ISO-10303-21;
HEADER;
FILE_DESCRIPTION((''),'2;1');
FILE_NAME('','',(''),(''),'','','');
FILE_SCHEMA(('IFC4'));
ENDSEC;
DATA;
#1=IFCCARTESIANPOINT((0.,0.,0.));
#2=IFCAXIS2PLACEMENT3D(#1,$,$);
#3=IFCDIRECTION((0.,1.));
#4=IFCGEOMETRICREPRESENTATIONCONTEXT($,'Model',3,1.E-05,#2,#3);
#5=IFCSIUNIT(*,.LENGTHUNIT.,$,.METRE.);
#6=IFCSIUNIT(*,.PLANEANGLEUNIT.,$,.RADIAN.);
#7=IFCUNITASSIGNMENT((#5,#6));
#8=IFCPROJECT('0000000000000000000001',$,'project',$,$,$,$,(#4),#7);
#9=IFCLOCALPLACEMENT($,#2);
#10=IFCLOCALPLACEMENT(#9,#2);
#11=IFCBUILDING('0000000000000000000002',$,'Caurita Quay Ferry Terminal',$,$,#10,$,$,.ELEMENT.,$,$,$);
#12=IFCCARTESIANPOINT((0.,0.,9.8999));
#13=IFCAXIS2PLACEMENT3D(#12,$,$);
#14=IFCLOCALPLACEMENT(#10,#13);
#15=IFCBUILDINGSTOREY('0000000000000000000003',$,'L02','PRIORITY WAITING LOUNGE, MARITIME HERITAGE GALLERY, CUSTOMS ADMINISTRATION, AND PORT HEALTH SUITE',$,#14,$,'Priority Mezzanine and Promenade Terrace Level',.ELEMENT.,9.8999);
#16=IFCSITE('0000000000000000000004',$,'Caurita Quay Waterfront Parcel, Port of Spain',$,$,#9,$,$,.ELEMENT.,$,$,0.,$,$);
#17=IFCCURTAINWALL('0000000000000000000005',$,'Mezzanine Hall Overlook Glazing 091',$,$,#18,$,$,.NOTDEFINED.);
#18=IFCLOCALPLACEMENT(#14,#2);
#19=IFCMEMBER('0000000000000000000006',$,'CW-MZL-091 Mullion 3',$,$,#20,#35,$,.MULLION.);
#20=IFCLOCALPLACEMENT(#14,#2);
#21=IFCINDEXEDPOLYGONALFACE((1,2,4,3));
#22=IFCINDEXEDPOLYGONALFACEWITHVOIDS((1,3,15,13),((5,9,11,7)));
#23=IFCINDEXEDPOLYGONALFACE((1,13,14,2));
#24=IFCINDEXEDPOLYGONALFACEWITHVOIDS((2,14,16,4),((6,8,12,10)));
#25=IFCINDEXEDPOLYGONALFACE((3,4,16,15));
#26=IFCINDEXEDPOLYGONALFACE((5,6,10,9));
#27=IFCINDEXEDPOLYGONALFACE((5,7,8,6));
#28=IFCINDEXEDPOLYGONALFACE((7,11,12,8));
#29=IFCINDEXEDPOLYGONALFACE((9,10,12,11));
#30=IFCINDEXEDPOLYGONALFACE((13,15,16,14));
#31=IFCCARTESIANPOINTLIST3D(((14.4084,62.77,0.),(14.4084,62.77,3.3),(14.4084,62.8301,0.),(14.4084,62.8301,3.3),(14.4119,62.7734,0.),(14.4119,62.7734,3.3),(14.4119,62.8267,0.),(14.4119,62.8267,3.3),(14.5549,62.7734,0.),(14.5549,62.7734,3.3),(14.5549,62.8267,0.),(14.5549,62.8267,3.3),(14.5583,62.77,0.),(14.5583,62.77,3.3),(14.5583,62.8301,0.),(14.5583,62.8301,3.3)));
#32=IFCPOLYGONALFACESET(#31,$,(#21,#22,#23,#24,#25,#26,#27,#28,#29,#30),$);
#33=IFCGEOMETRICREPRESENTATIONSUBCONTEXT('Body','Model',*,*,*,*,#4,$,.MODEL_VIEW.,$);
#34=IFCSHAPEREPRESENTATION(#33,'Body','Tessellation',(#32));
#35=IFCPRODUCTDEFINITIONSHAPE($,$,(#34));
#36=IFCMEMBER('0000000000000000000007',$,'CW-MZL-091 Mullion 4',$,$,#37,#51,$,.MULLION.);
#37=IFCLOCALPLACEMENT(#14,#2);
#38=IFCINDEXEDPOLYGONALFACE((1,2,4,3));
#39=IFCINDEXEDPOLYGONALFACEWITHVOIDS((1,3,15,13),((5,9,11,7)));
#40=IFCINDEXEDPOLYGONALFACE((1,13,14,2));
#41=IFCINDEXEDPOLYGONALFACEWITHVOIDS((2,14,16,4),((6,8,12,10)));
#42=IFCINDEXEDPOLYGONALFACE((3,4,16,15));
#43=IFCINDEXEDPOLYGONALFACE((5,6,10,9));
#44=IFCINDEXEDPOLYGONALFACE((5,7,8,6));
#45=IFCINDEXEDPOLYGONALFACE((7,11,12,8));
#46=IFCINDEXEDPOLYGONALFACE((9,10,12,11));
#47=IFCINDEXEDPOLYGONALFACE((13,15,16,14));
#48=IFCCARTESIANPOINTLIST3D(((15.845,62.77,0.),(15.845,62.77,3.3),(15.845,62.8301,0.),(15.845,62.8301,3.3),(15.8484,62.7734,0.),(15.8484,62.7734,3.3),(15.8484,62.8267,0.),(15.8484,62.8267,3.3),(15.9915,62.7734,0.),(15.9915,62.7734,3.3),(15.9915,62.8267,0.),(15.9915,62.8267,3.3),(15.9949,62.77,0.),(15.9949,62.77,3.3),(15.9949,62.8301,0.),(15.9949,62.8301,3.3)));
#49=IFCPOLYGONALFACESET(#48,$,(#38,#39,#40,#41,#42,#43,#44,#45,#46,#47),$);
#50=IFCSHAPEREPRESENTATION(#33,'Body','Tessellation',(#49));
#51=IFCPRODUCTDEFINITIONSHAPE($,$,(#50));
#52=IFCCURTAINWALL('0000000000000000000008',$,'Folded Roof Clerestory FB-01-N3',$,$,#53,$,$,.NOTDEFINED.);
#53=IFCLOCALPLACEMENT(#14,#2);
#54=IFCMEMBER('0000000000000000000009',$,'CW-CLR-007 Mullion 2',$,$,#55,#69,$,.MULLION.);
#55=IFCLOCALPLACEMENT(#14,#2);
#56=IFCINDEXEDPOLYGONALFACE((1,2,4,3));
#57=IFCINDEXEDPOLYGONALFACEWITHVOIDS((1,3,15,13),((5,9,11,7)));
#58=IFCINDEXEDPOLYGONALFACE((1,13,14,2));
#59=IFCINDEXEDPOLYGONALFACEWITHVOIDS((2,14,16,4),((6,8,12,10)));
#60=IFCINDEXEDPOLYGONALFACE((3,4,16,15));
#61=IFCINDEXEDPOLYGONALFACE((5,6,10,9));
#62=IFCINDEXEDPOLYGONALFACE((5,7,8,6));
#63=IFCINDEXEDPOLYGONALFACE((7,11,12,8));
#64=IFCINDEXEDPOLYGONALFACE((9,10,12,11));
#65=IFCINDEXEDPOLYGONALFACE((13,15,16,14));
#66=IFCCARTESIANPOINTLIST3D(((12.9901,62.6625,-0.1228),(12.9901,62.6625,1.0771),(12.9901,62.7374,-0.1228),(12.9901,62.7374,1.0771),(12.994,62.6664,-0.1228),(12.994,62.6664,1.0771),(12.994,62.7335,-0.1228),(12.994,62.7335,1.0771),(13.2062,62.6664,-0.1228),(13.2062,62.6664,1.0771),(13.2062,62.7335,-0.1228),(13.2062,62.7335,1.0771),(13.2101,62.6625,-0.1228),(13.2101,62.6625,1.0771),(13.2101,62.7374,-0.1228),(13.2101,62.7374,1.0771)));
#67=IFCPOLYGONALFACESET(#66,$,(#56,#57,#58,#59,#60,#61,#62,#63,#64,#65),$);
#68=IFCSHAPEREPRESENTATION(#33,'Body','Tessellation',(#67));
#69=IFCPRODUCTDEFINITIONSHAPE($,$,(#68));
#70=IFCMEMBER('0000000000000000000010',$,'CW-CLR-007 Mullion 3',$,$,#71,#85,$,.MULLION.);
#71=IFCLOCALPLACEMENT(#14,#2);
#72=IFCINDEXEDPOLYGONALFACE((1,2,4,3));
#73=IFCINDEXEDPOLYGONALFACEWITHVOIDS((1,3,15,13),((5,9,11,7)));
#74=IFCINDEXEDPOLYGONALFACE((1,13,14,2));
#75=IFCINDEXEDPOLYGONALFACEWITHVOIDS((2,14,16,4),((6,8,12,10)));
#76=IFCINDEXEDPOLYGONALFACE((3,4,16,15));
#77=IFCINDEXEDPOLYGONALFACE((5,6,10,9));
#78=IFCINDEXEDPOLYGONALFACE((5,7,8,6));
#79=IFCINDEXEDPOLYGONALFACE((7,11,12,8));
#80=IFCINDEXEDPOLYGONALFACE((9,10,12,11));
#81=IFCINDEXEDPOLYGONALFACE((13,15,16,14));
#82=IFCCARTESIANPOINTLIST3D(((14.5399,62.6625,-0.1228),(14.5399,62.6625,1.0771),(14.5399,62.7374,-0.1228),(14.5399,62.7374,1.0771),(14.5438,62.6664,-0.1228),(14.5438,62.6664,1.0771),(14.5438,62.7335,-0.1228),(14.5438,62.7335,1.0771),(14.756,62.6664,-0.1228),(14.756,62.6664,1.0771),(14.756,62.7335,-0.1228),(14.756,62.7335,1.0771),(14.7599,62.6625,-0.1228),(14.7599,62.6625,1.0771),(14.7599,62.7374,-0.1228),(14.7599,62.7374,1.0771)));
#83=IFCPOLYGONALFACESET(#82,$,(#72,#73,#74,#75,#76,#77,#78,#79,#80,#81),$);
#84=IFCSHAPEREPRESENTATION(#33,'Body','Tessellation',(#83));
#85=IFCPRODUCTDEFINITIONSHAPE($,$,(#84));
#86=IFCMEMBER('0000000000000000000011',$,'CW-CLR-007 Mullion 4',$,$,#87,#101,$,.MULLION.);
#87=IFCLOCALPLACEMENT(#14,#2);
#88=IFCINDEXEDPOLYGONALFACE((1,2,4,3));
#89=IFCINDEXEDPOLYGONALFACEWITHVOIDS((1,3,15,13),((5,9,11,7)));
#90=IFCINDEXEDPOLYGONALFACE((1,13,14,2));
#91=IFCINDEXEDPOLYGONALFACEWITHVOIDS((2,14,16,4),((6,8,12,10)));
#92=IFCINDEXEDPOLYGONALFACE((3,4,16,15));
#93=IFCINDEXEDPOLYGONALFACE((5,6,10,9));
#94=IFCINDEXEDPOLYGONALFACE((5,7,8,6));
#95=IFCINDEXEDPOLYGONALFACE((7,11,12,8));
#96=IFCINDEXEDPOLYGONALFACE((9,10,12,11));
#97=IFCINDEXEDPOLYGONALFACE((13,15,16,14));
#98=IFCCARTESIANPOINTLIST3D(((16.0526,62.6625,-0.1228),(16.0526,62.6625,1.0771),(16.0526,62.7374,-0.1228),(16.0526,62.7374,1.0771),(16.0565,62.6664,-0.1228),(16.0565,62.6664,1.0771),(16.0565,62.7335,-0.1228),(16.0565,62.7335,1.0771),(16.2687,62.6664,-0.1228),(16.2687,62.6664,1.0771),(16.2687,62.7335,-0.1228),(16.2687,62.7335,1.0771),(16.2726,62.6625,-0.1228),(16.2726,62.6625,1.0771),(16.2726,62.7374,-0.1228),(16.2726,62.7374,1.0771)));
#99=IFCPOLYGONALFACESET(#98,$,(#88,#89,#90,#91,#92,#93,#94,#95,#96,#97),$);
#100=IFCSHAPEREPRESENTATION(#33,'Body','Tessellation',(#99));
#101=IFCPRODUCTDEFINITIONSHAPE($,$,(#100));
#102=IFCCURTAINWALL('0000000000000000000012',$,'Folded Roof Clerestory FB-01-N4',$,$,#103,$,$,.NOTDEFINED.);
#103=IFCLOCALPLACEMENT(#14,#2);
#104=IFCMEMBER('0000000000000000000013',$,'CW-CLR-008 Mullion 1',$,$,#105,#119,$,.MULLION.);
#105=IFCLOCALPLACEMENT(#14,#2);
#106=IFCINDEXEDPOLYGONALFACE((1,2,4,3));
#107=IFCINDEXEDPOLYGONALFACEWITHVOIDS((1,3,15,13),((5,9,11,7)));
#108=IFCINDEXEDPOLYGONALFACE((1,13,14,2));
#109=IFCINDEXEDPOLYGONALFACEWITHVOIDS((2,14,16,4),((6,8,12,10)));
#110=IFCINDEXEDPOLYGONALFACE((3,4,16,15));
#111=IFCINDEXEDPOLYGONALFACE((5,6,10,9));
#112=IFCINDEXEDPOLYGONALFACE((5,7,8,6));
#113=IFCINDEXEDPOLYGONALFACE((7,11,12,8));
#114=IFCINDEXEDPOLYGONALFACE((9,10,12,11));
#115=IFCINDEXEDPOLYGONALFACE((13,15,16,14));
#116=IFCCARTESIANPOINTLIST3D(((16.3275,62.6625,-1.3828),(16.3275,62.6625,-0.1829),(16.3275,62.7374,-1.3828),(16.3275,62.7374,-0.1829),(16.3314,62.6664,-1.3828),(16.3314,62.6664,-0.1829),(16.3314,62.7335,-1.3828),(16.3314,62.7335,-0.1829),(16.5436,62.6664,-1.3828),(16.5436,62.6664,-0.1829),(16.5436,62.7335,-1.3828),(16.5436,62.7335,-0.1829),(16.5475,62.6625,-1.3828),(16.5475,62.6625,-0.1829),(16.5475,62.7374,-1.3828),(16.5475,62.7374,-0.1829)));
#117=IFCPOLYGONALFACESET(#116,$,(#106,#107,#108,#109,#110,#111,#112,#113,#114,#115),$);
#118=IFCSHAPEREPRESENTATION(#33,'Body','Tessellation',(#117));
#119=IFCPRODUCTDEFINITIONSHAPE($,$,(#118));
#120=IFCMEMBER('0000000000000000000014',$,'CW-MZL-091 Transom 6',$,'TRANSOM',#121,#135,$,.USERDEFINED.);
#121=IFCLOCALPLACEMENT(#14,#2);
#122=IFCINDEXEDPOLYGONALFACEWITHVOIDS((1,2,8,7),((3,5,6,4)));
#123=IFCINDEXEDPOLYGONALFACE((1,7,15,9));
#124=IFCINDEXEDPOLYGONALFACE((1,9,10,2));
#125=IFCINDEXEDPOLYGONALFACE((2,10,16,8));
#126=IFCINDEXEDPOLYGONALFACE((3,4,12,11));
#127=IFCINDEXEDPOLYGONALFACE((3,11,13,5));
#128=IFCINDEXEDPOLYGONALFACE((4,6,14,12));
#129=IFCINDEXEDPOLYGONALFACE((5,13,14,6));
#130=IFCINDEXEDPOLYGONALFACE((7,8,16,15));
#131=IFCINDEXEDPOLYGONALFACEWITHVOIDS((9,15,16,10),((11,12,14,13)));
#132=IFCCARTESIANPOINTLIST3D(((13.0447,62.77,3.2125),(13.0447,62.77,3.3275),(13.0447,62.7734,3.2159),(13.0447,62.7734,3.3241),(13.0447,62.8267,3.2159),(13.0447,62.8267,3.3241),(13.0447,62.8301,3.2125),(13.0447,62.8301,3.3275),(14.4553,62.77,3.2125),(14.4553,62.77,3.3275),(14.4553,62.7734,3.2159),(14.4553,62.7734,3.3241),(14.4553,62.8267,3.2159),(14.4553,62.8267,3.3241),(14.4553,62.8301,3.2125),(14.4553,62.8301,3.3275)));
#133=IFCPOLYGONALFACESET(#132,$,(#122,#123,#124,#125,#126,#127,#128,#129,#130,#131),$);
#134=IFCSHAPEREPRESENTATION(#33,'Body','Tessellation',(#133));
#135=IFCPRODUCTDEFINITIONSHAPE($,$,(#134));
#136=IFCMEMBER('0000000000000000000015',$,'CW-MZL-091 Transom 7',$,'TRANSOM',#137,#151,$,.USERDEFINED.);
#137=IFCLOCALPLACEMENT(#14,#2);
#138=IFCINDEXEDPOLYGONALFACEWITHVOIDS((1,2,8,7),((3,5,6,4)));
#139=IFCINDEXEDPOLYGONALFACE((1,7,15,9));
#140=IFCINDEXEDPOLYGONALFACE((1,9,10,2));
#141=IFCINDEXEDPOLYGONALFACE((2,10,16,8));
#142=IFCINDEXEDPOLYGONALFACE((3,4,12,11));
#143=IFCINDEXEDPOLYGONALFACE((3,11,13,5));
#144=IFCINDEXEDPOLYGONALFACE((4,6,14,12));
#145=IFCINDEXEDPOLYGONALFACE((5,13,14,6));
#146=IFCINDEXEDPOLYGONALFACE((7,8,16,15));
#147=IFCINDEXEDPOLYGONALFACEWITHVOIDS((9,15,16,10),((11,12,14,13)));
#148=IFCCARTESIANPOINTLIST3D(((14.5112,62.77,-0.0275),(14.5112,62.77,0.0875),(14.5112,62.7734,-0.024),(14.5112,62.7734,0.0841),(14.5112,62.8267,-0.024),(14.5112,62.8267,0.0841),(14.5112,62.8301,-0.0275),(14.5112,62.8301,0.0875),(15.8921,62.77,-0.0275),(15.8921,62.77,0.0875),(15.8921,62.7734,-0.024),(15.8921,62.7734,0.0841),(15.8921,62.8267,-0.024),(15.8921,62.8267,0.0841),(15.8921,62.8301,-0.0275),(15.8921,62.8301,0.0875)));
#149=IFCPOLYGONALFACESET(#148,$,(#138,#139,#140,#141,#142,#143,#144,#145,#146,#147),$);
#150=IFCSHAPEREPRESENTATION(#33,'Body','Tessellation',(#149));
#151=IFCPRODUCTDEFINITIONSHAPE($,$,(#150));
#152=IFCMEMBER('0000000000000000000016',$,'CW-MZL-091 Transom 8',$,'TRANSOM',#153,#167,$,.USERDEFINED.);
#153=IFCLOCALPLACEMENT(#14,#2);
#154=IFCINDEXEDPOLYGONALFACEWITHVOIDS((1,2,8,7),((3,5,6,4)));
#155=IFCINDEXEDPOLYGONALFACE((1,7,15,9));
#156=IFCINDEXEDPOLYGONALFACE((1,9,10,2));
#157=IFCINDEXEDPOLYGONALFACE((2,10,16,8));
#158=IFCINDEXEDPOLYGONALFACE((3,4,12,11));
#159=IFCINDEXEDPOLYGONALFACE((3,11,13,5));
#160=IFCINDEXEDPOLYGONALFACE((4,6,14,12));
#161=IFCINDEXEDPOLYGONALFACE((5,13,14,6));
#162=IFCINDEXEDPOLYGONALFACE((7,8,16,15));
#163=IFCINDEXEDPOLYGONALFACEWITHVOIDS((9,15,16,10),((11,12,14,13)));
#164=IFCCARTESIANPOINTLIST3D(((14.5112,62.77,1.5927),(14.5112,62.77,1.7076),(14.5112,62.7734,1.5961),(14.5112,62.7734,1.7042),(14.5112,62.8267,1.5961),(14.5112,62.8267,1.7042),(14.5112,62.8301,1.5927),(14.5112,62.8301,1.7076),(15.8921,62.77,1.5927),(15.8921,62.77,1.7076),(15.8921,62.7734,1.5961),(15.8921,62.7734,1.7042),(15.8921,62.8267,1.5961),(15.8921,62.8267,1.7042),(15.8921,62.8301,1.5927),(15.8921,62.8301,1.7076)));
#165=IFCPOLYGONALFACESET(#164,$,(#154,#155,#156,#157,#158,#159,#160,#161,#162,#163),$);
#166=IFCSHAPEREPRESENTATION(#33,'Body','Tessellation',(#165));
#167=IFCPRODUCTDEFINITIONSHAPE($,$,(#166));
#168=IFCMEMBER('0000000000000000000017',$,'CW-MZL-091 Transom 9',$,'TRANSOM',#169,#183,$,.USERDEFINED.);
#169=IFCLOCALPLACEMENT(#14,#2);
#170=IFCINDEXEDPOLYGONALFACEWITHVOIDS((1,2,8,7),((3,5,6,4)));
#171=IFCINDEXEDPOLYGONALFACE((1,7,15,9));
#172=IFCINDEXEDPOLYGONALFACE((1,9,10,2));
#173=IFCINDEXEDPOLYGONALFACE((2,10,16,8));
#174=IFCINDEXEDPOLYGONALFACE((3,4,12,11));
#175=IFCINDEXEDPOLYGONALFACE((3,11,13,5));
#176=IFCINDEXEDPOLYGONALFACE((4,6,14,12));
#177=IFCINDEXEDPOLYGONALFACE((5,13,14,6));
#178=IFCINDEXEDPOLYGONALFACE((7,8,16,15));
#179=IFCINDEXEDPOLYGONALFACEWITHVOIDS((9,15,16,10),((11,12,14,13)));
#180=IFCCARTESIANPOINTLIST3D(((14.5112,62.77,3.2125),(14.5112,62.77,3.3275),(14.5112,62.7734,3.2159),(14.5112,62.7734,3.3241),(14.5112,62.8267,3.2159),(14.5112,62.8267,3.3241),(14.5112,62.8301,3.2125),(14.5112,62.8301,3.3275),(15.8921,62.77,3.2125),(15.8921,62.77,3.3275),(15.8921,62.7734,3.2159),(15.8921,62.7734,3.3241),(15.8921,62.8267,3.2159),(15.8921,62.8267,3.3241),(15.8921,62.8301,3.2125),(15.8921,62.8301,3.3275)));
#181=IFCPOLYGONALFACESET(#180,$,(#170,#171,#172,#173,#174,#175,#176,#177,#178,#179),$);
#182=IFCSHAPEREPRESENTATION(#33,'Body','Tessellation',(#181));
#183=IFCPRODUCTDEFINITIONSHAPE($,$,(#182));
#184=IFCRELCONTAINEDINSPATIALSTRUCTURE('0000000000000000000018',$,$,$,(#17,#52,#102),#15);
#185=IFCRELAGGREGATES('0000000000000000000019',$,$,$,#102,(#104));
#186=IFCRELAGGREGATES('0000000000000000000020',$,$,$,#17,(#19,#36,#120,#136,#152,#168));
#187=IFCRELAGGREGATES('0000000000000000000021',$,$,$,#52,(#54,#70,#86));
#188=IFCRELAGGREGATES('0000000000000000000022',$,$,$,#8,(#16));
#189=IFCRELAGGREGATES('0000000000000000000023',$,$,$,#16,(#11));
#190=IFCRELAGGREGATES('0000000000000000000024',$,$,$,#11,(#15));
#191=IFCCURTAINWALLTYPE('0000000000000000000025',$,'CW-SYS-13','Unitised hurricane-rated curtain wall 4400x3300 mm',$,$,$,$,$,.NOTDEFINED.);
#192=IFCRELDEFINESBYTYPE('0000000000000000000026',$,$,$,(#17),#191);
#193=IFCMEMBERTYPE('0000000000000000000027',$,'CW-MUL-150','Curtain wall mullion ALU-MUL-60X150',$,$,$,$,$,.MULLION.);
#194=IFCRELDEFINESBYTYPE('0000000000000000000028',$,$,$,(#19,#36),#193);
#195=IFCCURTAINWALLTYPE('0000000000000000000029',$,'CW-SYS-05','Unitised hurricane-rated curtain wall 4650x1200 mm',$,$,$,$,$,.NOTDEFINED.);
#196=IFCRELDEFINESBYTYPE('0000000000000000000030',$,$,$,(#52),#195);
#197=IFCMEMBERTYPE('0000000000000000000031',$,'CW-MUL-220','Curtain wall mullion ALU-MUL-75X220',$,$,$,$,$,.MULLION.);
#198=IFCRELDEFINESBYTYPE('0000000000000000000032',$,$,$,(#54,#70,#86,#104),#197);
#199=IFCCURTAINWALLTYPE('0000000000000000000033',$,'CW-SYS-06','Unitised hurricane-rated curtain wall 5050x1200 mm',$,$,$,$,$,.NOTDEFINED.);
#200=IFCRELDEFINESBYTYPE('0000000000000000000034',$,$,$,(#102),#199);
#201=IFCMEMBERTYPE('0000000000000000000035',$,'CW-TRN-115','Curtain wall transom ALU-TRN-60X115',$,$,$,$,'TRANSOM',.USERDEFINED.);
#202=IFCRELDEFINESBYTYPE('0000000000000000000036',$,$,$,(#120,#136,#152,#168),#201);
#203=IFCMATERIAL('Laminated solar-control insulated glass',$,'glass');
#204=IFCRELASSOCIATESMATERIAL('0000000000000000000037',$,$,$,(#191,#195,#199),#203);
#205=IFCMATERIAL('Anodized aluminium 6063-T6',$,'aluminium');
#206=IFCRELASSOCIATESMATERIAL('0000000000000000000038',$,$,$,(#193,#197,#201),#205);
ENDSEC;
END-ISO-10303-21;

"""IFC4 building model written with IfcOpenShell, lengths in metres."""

from ifc_helpers import new_model, si_unit, direction, frame, origin, origin_2d, place, context, subcontext, project, spatial, hollow_rectangle, extrude, material, material_profile, profile_set, type_object, element, aggregate, save


model = new_model("IFC4")

# Units and contexts
model_context = context("Model", 3, precision=1e-05, world=origin(), true_north=direction((0.0, 1.0)))
body_context = subcontext(model_context, "Body", "Model", "MODEL_VIEW")
ifc_project = project(units=[si_unit("LENGTHUNIT", "METRE"), si_unit("PLANEANGLEUNIT", "RADIAN")], contexts=[model_context])

# Site, building, storey
site_placement = place(None, origin())
site = spatial("IfcSite", under=ifc_project, at=site_placement, Name="Caurita Quay Waterfront Parcel, Port of Spain", CompositionType="ELEMENT", RefElevation=0.0)
building_placement = place(site_placement, origin())
building = spatial("IfcBuilding", under=site, at=building_placement, Name="Caurita Quay Ferry Terminal", CompositionType="ELEMENT")
storey_placement = place(building_placement, frame((0.0, 0.0, 9.8999)))
storey = spatial("IfcBuildingStorey", under=building, at=storey_placement, Name="L02", Description="PRIORITY WAITING LOUNGE, MARITIME HERITAGE GALLERY, CUSTOMS ADMINISTRATION, AND PORT HEALTH SUITE", LongName="Priority Mezzanine and Promenade Terrace Level", CompositionType="ELEMENT", Elevation=9.8999)

# Curtain walls, members
ifc_material_1 = material(Name="Laminated solar-control insulated glass", Category="glass")
curtain_wall_type_1 = type_object("IfcCurtainWallType", Name="CW-SYS-13", Description="Unitised hurricane-rated curtain wall 4400x3300 mm", PredefinedType="NOTDEFINED", material=ifc_material_1)
curtain_wall_1_placement = place(storey_placement, origin())
curtain_wall_1 = element("IfcCurtainWall", 1, at=curtain_wall_1_placement, inside=storey, type_object=curtain_wall_type_1, Name="Mezzanine Hall Overlook Glazing 091", PredefinedType="NOTDEFINED")
ifc_material_2 = material(Name="Anodized aluminium 6063-T6", Category="aluminium")
ifc_material_profile_1 = material_profile(ifc_material_2, hollow_rectangle(XDim=0.0601, YDim=0.1499, WallThickness=0.0034, at=origin_2d()), Name="ALU-MUL-60X150")
ifc_profile_set_1 = profile_set([ifc_material_profile_1], Name="Anodized aluminium 6063-T6")
member_type_1 = type_object("IfcMemberType", Name="CW-MUL-150", Description="Curtain wall mullion ALU-MUL-60X150", PredefinedType="MULLION", material=ifc_profile_set_1)
member_1_placement = place(storey_placement, frame((14.4834, 62.8, 0.0), z_axis=(0.0, 0.0, 1.0), x_axis=(0.0, 1.0, 0.0)))
member_1 = element("IfcMember", 2, at=member_1_placement, type_object=member_type_1, Name="CW-MZL-091 Mullion 3", PredefinedType="MULLION", context=body_context, shape_type="SweptSolid", body=[
    extrude(hollow_rectangle(XDim=0.0601, YDim=0.1499, WallThickness=0.0034, at=origin_2d()), origin(), (0.0, 0.0, 1.0), 3.3),
])
member_2_placement = place(storey_placement, frame((15.9199, 62.8, 0.0), z_axis=(0.0, 0.0, 1.0), x_axis=(0.0, 1.0, 0.0)))
member_2 = element("IfcMember", 3, at=member_2_placement, type_object=member_type_1, Name="CW-MZL-091 Mullion 4", PredefinedType="MULLION", context=body_context, shape_type="SweptSolid", body=[
    extrude(hollow_rectangle(XDim=0.0601, YDim=0.1499, WallThickness=0.0034, at=origin_2d()), origin(), (0.0, 0.0, 1.0), 3.3),
])
curtain_wall_type_2 = type_object("IfcCurtainWallType", Name="CW-SYS-05", Description="Unitised hurricane-rated curtain wall 4650x1200 mm", PredefinedType="NOTDEFINED", material=ifc_material_1)
curtain_wall_2_placement = place(storey_placement, origin())
curtain_wall_2 = element("IfcCurtainWall", 4, at=curtain_wall_2_placement, inside=storey, type_object=curtain_wall_type_2, Name="Folded Roof Clerestory FB-01-N3", PredefinedType="NOTDEFINED")
ifc_material_profile_2 = material_profile(ifc_material_2, hollow_rectangle(XDim=0.075, YDim=0.22, WallThickness=0.0039, at=origin_2d()), Name="ALU-MUL-75X220")
ifc_profile_set_2 = profile_set([ifc_material_profile_2], Name="Anodized aluminium 6063-T6")
member_type_2 = type_object("IfcMemberType", Name="CW-MUL-220", Description="Curtain wall mullion ALU-MUL-75X220", PredefinedType="MULLION", material=ifc_profile_set_2)
member_3_placement = place(storey_placement, frame((13.1001, 62.7, -0.1228), z_axis=(0.0, 0.0, 1.0), x_axis=(0.0, 1.0, 0.0)))
member_3 = element("IfcMember", 5, at=member_3_placement, type_object=member_type_2, Name="CW-CLR-007 Mullion 2", PredefinedType="MULLION", context=body_context, shape_type="SweptSolid", body=[
    extrude(hollow_rectangle(XDim=0.075, YDim=0.22, WallThickness=0.0039, at=origin_2d()), origin(), (0.0, 0.0, 1.0), 1.2),
])
member_4_placement = place(storey_placement, frame((14.6499, 62.7, -0.1228), z_axis=(0.0, 0.0, 1.0), x_axis=(0.0, 1.0, 0.0)))
member_4 = element("IfcMember", 6, at=member_4_placement, type_object=member_type_2, Name="CW-CLR-007 Mullion 3", PredefinedType="MULLION", context=body_context, shape_type="SweptSolid", body=[
    extrude(hollow_rectangle(XDim=0.075, YDim=0.22, WallThickness=0.0039, at=origin_2d()), origin(), (0.0, 0.0, 1.0), 1.2),
])
member_5_placement = place(storey_placement, frame((16.1626, 62.7, -0.1228), z_axis=(0.0, 0.0, 1.0), x_axis=(0.0, 1.0, 0.0)))
member_5 = element("IfcMember", 7, at=member_5_placement, type_object=member_type_2, Name="CW-CLR-007 Mullion 4", PredefinedType="MULLION", context=body_context, shape_type="SweptSolid", body=[
    extrude(hollow_rectangle(XDim=0.075, YDim=0.22, WallThickness=0.0039, at=origin_2d()), origin(), (0.0, 0.0, 1.0), 1.2),
])

# Curtain wall, member
curtain_wall_type_3 = type_object("IfcCurtainWallType", Name="CW-SYS-06", Description="Unitised hurricane-rated curtain wall 5050x1200 mm", PredefinedType="NOTDEFINED", material=ifc_material_1)
curtain_wall_3_placement = place(storey_placement, origin())
curtain_wall_3 = element("IfcCurtainWall", 8, at=curtain_wall_3_placement, inside=storey, type_object=curtain_wall_type_3, Name="Folded Roof Clerestory FB-01-N4", PredefinedType="NOTDEFINED")
member_6_placement = place(storey_placement, frame((16.4375, 62.7, -1.3828), z_axis=(0.0, 0.0, 1.0), x_axis=(0.0, 1.0, 0.0)))
member_6 = element("IfcMember", 9, at=member_6_placement, type_object=member_type_2, Name="CW-CLR-008 Mullion 1", PredefinedType="MULLION", context=body_context, shape_type="SweptSolid", body=[
    extrude(hollow_rectangle(XDim=0.075, YDim=0.22, WallThickness=0.0039, at=origin_2d()), origin(), (0.0, 0.0, 1.0), 1.2),
])
aggregate(curtain_wall_3, [member_6])

# Members
ifc_material_profile_3 = material_profile(ifc_material_2, hollow_rectangle(XDim=0.0601, YDim=0.115, WallThickness=0.0034, at=origin_2d()), Name="ALU-TRN-60X115")
ifc_profile_set_3 = profile_set([ifc_material_profile_3], Name="Anodized aluminium 6063-T6")
member_type_3 = type_object("IfcMemberType", Name="CW-TRN-115", Description="Curtain wall transom ALU-TRN-60X115", ElementType="TRANSOM", PredefinedType="USERDEFINED", material=ifc_profile_set_3)
member_7_placement = place(storey_placement, frame((13.0447, 62.8, 3.27), z_axis=(1.0, 0.0, 0.0), x_axis=(0.0, 1.0, 0.0)))
member_7 = element("IfcMember", 10, at=member_7_placement, type_object=member_type_3, Name="CW-MZL-091 Transom 6", ObjectType="TRANSOM", PredefinedType="USERDEFINED", context=body_context, shape_type="SweptSolid", body=[
    extrude(hollow_rectangle(XDim=0.0601, YDim=0.115, WallThickness=0.0034, at=origin_2d()), origin(), (0.0, 0.0, 1.0), 1.4106),
])
member_8_placement = place(storey_placement, frame((14.5112, 62.8, 0.03), z_axis=(1.0, 0.0, 0.0), x_axis=(0.0, 1.0, 0.0)))
member_8 = element("IfcMember", 11, at=member_8_placement, type_object=member_type_3, Name="CW-MZL-091 Transom 7", ObjectType="TRANSOM", PredefinedType="USERDEFINED", context=body_context, shape_type="SweptSolid", body=[
    extrude(hollow_rectangle(XDim=0.0601, YDim=0.115, WallThickness=0.0034, at=origin_2d()), origin(), (0.0, 0.0, 1.0), 1.3809),
])
member_9_placement = place(storey_placement, frame((14.5112, 62.8, 1.6501), z_axis=(1.0, 0.0, 0.0), x_axis=(0.0, 1.0, 0.0)))
member_9 = element("IfcMember", 12, at=member_9_placement, type_object=member_type_3, Name="CW-MZL-091 Transom 8", ObjectType="TRANSOM", PredefinedType="USERDEFINED", context=body_context, shape_type="SweptSolid", body=[
    extrude(hollow_rectangle(XDim=0.0601, YDim=0.115, WallThickness=0.0034, at=origin_2d()), origin(), (0.0, 0.0, 1.0), 1.3809),
])
member_10_placement = place(storey_placement, frame((14.5112, 62.8, 3.27), z_axis=(1.0, 0.0, 0.0), x_axis=(0.0, 1.0, 0.0)))
member_10 = element("IfcMember", 13, at=member_10_placement, type_object=member_type_3, Name="CW-MZL-091 Transom 9", ObjectType="TRANSOM", PredefinedType="USERDEFINED", context=body_context, shape_type="SweptSolid", body=[
    extrude(hollow_rectangle(XDim=0.0601, YDim=0.115, WallThickness=0.0034, at=origin_2d()), origin(), (0.0, 0.0, 1.0), 1.3809),
])

aggregate(curtain_wall_1, [member_1, member_2, member_7, member_8, member_9, member_10])
aggregate(curtain_wall_2, [member_3, member_4, member_5])

save(model, "model.ifc")
